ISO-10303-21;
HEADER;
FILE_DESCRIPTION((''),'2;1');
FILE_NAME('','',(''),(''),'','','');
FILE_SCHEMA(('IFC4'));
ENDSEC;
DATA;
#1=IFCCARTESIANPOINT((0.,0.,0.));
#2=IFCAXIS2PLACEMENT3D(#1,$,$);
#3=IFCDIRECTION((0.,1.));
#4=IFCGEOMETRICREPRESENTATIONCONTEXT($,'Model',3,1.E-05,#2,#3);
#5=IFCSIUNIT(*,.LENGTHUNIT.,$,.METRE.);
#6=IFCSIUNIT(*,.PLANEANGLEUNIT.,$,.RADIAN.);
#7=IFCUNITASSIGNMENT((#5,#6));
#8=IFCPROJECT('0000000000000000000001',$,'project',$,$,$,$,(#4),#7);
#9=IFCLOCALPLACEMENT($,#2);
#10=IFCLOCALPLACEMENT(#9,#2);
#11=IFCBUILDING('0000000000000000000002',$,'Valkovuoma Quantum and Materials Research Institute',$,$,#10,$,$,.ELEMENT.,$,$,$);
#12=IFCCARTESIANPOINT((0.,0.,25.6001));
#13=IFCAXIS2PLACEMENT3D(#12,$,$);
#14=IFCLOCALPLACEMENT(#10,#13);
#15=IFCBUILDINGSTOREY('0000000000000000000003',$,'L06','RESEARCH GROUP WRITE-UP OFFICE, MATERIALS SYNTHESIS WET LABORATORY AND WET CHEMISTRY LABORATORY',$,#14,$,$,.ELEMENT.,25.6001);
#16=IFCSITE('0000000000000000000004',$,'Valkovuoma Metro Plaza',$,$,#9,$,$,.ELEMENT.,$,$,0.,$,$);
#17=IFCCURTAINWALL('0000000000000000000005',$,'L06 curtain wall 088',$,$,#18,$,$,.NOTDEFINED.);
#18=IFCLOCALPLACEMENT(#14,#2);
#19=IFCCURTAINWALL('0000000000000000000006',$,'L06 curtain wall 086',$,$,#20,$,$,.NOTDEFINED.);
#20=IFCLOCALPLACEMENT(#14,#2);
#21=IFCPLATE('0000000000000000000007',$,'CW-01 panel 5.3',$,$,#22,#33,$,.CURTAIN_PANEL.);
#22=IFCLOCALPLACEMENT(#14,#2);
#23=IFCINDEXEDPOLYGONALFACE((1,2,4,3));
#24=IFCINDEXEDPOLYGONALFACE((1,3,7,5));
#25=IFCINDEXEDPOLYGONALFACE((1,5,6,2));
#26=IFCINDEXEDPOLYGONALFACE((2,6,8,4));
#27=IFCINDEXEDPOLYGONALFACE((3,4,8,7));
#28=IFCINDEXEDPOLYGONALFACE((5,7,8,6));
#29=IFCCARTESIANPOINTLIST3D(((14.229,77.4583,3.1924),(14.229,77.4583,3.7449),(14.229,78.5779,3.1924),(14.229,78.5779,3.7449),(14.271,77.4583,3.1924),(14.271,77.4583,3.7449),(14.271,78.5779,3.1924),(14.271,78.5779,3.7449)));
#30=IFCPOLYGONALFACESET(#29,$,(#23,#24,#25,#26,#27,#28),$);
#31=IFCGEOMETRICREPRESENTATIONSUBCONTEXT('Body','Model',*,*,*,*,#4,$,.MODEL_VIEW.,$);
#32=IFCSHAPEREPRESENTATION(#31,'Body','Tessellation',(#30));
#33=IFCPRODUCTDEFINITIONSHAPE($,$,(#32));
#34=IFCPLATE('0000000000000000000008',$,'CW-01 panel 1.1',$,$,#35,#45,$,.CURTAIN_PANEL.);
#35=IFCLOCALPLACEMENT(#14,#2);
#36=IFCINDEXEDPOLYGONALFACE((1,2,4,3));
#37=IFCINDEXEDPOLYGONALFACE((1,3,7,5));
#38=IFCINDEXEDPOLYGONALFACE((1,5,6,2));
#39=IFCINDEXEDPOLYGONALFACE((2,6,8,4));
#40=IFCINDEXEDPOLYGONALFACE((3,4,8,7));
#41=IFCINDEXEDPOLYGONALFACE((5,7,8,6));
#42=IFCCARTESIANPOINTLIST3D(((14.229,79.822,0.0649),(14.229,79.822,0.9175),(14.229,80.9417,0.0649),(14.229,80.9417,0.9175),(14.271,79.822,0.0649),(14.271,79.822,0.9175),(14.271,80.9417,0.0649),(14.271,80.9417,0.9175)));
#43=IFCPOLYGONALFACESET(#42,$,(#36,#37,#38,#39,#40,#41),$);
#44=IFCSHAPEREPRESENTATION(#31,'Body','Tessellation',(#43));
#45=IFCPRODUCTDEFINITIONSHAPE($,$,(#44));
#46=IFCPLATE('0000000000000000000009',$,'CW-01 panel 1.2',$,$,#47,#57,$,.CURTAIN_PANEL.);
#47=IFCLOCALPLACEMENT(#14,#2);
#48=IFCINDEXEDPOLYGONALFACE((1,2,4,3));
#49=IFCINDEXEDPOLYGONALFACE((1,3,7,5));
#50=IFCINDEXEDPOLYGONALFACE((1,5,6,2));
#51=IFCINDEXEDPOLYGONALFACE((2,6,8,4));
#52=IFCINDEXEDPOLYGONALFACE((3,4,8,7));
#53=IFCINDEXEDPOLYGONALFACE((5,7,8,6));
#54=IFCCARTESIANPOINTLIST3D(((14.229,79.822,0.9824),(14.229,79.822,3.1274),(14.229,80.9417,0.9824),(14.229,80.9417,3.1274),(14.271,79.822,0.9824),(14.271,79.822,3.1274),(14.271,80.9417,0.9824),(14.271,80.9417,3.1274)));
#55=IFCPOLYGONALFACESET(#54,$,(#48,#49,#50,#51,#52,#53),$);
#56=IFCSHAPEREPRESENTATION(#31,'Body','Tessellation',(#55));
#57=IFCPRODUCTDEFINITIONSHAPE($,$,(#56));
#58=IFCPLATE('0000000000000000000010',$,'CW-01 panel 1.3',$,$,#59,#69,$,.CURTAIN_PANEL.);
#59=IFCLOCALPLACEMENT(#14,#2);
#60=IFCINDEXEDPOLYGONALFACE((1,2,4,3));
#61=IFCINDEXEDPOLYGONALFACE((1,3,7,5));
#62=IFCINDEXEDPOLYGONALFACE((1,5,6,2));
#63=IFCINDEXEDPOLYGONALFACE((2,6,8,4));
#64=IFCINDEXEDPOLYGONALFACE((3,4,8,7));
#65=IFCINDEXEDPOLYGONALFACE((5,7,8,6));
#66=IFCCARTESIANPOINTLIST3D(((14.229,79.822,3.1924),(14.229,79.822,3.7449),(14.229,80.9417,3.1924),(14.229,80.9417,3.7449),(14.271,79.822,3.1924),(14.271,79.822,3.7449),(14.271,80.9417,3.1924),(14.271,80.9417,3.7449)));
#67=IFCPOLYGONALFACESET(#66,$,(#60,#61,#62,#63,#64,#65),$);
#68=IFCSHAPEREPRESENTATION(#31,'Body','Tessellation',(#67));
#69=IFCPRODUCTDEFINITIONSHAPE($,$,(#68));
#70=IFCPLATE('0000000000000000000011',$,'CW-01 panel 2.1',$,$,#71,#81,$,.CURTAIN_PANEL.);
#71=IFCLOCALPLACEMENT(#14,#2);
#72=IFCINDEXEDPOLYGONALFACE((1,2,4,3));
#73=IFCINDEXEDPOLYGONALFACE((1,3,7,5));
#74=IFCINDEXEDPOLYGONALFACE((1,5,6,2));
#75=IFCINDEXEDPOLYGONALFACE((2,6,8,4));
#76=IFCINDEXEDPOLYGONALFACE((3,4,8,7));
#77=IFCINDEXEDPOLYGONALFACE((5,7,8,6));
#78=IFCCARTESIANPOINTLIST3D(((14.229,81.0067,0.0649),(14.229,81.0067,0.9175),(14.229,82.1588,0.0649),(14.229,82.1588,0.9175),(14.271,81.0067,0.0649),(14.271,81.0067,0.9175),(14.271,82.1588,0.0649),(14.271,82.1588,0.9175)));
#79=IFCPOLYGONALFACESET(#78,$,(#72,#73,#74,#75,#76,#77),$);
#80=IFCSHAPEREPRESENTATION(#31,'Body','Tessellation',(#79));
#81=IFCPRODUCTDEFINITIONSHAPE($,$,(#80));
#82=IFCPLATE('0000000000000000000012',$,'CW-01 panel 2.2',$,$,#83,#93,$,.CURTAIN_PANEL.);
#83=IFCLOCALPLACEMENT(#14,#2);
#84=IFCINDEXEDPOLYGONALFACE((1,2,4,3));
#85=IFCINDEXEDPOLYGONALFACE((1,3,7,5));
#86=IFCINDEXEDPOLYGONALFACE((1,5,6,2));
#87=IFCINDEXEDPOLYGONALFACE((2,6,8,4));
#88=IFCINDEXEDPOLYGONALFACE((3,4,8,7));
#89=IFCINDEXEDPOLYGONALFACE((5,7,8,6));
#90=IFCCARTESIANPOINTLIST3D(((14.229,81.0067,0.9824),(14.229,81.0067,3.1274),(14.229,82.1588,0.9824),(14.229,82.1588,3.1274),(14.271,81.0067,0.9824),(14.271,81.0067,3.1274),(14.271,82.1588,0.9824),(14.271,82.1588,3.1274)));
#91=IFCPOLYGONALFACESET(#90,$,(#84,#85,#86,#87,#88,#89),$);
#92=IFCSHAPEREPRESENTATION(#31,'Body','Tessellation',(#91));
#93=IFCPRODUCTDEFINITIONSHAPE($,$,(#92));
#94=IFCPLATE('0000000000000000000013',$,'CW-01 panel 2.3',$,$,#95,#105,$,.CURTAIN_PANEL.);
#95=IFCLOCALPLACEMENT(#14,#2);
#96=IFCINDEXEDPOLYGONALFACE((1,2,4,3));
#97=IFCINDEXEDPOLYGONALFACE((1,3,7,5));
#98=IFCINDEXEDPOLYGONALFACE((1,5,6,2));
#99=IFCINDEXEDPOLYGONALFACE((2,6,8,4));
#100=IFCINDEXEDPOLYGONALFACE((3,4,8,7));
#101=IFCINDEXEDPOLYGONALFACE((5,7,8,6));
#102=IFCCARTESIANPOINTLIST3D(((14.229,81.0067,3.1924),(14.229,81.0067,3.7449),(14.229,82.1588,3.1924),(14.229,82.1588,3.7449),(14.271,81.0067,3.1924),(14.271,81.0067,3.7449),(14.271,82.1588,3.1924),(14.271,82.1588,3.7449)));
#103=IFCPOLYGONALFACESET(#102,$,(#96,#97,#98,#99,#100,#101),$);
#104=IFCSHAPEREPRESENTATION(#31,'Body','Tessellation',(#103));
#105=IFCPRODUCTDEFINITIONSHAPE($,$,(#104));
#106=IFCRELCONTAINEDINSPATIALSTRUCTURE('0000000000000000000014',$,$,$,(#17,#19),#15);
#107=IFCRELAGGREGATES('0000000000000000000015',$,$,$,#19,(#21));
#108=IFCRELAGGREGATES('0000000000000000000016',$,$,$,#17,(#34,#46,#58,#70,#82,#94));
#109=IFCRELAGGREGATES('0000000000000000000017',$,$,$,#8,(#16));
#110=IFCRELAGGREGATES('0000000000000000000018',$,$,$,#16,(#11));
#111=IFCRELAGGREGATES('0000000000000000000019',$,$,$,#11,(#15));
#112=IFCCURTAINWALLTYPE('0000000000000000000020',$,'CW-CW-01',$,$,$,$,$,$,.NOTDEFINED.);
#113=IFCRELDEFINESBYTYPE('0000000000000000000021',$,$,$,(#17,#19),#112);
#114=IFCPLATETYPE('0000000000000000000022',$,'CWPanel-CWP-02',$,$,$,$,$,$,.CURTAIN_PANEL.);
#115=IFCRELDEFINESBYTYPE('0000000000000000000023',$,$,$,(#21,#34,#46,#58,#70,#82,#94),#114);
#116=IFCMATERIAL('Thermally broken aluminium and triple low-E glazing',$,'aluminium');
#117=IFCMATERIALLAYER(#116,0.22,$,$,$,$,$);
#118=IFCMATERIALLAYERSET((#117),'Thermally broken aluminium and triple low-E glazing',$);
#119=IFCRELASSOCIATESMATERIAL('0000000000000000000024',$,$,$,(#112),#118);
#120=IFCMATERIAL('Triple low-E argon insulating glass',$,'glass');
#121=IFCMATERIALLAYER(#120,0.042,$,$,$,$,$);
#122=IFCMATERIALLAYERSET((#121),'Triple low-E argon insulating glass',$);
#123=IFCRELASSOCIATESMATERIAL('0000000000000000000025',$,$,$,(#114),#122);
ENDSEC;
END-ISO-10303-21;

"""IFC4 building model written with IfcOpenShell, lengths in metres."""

from ifc_helpers import new_model, si_unit, direction, frame, origin, origin_2d, place, context, subcontext, project, spatial, rectangle, extrude, material, layer, layer_set, type_object, element, aggregate, save


model = new_model("IFC4")

# Units and contexts
model_context = context("Model", 3, precision=1e-05, world=origin(), true_north=direction((0.0, 1.0)))
body_context = subcontext(model_context, "Body", "Model", "MODEL_VIEW")
ifc_project = project(units=[si_unit("LENGTHUNIT", "METRE"), si_unit("PLANEANGLEUNIT", "RADIAN")], contexts=[model_context])

# Site, building, storey
site_placement = place(None, origin())
site = spatial("IfcSite", under=ifc_project, at=site_placement, Name="Valkovuoma Metro Plaza", CompositionType="ELEMENT", RefElevation=0.0)
building_placement = place(site_placement, origin())
building = spatial("IfcBuilding", under=site, at=building_placement, Name="Valkovuoma Quantum and Materials Research Institute", CompositionType="ELEMENT")
storey_placement = place(building_placement, frame((0.0, 0.0, 25.6001)))
storey = spatial("IfcBuildingStorey", under=building, at=storey_placement, Name="L06", Description="RESEARCH GROUP WRITE-UP OFFICE, MATERIALS SYNTHESIS WET LABORATORY AND WET CHEMISTRY LABORATORY", CompositionType="ELEMENT", Elevation=25.6001)

# Curtain walls
ifc_material_1 = material(Name="Thermally broken aluminium and triple low-E glazing", Category="aluminium")
ifc_layer_1 = layer(ifc_material_1, 0.22)
ifc_layer_set_1 = layer_set([ifc_layer_1], Name="Thermally broken aluminium and triple low-E glazing")
curtain_wall_type = type_object("IfcCurtainWallType", Name="CW-CW-01", PredefinedType="NOTDEFINED", material=ifc_layer_set_1)
curtain_wall_1_placement = place(storey_placement, origin())
curtain_wall_1 = element("IfcCurtainWall", 1, at=curtain_wall_1_placement, inside=storey, type_object=curtain_wall_type, Name="L06 curtain wall 088", PredefinedType="NOTDEFINED")
curtain_wall_2_placement = place(storey_placement, origin())
curtain_wall_2 = element("IfcCurtainWall", 2, at=curtain_wall_2_placement, inside=storey, type_object=curtain_wall_type, Name="L06 curtain wall 086", PredefinedType="NOTDEFINED")

# Plates
ifc_material_2 = material(Name="Triple low-E argon insulating glass", Category="glass")
ifc_layer_2 = layer(ifc_material_2, 0.042)
ifc_layer_set_2 = layer_set([ifc_layer_2], Name="Triple low-E argon insulating glass")
plate_type = type_object("IfcPlateType", Name="CWPanel-CWP-02", PredefinedType="CURTAIN_PANEL", material=ifc_layer_set_2)
plate_1_placement = place(storey_placement, frame((14.25, 78.0181, 3.1924), z_axis=(0.0, 0.0, 1.0), x_axis=(0.0, 1.0, 0.0)))
plate_1 = element("IfcPlate", 3, at=plate_1_placement, type_object=plate_type, Name="CW-01 panel 5.3", PredefinedType="CURTAIN_PANEL", context=body_context, shape_type="SweptSolid", body=[
    extrude(rectangle(XDim=1.1196, YDim=0.042, at=origin_2d()), origin(), (0.0, 0.0, 1.0), 0.5525),
])
aggregate(curtain_wall_2, [plate_1])
plate_2_placement = place(storey_placement, frame((14.25, 80.3818, 0.0649), z_axis=(0.0, 0.0, 1.0), x_axis=(0.0, 1.0, 0.0)))
plate_2 = element("IfcPlate", 4, at=plate_2_placement, type_object=plate_type, Name="CW-01 panel 1.1", PredefinedType="CURTAIN_PANEL", context=body_context, shape_type="SweptSolid", body=[
    extrude(rectangle(XDim=1.1196, YDim=0.042, at=origin_2d()), origin(), (0.0, 0.0, 1.0), 0.8525),
])
plate_3_placement = place(storey_placement, frame((14.25, 80.3818, 0.9824), z_axis=(0.0, 0.0, 1.0), x_axis=(0.0, 1.0, 0.0)))
plate_3 = element("IfcPlate", 5, at=plate_3_placement, type_object=plate_type, Name="CW-01 panel 1.2", PredefinedType="CURTAIN_PANEL", context=body_context, shape_type="SweptSolid", body=[
    extrude(rectangle(XDim=1.1196, YDim=0.042, at=origin_2d()), origin(), (0.0, 0.0, 1.0), 2.145),
])
plate_4_placement = place(storey_placement, frame((14.25, 80.3818, 3.1924), z_axis=(0.0, 0.0, 1.0), x_axis=(0.0, 1.0, 0.0)))
plate_4 = element("IfcPlate", 6, at=plate_4_placement, type_object=plate_type, Name="CW-01 panel 1.3", PredefinedType="CURTAIN_PANEL", context=body_context, shape_type="SweptSolid", body=[
    extrude(rectangle(XDim=1.1196, YDim=0.042, at=origin_2d()), origin(), (0.0, 0.0, 1.0), 0.5525),
])
plate_5_placement = place(storey_placement, frame((14.25, 81.5828, 0.0649), z_axis=(0.0, 0.0, 1.0), x_axis=(0.0, 1.0, 0.0)))
plate_5 = element("IfcPlate", 7, at=plate_5_placement, type_object=plate_type, Name="CW-01 panel 2.1", PredefinedType="CURTAIN_PANEL", context=body_context, shape_type="SweptSolid", body=[
    extrude(rectangle(XDim=1.1521, YDim=0.042, at=origin_2d()), origin(), (0.0, 0.0, 1.0), 0.8525),
])
plate_6_placement = place(storey_placement, frame((14.25, 81.5828, 0.9824), z_axis=(0.0, 0.0, 1.0), x_axis=(0.0, 1.0, 0.0)))
plate_6 = element("IfcPlate", 8, at=plate_6_placement, type_object=plate_type, Name="CW-01 panel 2.2", PredefinedType="CURTAIN_PANEL", context=body_context, shape_type="SweptSolid", body=[
    extrude(rectangle(XDim=1.1521, YDim=0.042, at=origin_2d()), origin(), (0.0, 0.0, 1.0), 2.145),
])
plate_7_placement = place(storey_placement, frame((14.25, 81.5828, 3.1924), z_axis=(0.0, 0.0, 1.0), x_axis=(0.0, 1.0, 0.0)))
plate_7 = element("IfcPlate", 9, at=plate_7_placement, type_object=plate_type, Name="CW-01 panel 2.3", PredefinedType="CURTAIN_PANEL", context=body_context, shape_type="SweptSolid", body=[
    extrude(rectangle(XDim=1.1521, YDim=0.042, at=origin_2d()), origin(), (0.0, 0.0, 1.0), 0.5525),
])
aggregate(curtain_wall_1, [plate_2, plate_3, plate_4, plate_5, plate_6, plate_7])

save(model, "model.ifc")
